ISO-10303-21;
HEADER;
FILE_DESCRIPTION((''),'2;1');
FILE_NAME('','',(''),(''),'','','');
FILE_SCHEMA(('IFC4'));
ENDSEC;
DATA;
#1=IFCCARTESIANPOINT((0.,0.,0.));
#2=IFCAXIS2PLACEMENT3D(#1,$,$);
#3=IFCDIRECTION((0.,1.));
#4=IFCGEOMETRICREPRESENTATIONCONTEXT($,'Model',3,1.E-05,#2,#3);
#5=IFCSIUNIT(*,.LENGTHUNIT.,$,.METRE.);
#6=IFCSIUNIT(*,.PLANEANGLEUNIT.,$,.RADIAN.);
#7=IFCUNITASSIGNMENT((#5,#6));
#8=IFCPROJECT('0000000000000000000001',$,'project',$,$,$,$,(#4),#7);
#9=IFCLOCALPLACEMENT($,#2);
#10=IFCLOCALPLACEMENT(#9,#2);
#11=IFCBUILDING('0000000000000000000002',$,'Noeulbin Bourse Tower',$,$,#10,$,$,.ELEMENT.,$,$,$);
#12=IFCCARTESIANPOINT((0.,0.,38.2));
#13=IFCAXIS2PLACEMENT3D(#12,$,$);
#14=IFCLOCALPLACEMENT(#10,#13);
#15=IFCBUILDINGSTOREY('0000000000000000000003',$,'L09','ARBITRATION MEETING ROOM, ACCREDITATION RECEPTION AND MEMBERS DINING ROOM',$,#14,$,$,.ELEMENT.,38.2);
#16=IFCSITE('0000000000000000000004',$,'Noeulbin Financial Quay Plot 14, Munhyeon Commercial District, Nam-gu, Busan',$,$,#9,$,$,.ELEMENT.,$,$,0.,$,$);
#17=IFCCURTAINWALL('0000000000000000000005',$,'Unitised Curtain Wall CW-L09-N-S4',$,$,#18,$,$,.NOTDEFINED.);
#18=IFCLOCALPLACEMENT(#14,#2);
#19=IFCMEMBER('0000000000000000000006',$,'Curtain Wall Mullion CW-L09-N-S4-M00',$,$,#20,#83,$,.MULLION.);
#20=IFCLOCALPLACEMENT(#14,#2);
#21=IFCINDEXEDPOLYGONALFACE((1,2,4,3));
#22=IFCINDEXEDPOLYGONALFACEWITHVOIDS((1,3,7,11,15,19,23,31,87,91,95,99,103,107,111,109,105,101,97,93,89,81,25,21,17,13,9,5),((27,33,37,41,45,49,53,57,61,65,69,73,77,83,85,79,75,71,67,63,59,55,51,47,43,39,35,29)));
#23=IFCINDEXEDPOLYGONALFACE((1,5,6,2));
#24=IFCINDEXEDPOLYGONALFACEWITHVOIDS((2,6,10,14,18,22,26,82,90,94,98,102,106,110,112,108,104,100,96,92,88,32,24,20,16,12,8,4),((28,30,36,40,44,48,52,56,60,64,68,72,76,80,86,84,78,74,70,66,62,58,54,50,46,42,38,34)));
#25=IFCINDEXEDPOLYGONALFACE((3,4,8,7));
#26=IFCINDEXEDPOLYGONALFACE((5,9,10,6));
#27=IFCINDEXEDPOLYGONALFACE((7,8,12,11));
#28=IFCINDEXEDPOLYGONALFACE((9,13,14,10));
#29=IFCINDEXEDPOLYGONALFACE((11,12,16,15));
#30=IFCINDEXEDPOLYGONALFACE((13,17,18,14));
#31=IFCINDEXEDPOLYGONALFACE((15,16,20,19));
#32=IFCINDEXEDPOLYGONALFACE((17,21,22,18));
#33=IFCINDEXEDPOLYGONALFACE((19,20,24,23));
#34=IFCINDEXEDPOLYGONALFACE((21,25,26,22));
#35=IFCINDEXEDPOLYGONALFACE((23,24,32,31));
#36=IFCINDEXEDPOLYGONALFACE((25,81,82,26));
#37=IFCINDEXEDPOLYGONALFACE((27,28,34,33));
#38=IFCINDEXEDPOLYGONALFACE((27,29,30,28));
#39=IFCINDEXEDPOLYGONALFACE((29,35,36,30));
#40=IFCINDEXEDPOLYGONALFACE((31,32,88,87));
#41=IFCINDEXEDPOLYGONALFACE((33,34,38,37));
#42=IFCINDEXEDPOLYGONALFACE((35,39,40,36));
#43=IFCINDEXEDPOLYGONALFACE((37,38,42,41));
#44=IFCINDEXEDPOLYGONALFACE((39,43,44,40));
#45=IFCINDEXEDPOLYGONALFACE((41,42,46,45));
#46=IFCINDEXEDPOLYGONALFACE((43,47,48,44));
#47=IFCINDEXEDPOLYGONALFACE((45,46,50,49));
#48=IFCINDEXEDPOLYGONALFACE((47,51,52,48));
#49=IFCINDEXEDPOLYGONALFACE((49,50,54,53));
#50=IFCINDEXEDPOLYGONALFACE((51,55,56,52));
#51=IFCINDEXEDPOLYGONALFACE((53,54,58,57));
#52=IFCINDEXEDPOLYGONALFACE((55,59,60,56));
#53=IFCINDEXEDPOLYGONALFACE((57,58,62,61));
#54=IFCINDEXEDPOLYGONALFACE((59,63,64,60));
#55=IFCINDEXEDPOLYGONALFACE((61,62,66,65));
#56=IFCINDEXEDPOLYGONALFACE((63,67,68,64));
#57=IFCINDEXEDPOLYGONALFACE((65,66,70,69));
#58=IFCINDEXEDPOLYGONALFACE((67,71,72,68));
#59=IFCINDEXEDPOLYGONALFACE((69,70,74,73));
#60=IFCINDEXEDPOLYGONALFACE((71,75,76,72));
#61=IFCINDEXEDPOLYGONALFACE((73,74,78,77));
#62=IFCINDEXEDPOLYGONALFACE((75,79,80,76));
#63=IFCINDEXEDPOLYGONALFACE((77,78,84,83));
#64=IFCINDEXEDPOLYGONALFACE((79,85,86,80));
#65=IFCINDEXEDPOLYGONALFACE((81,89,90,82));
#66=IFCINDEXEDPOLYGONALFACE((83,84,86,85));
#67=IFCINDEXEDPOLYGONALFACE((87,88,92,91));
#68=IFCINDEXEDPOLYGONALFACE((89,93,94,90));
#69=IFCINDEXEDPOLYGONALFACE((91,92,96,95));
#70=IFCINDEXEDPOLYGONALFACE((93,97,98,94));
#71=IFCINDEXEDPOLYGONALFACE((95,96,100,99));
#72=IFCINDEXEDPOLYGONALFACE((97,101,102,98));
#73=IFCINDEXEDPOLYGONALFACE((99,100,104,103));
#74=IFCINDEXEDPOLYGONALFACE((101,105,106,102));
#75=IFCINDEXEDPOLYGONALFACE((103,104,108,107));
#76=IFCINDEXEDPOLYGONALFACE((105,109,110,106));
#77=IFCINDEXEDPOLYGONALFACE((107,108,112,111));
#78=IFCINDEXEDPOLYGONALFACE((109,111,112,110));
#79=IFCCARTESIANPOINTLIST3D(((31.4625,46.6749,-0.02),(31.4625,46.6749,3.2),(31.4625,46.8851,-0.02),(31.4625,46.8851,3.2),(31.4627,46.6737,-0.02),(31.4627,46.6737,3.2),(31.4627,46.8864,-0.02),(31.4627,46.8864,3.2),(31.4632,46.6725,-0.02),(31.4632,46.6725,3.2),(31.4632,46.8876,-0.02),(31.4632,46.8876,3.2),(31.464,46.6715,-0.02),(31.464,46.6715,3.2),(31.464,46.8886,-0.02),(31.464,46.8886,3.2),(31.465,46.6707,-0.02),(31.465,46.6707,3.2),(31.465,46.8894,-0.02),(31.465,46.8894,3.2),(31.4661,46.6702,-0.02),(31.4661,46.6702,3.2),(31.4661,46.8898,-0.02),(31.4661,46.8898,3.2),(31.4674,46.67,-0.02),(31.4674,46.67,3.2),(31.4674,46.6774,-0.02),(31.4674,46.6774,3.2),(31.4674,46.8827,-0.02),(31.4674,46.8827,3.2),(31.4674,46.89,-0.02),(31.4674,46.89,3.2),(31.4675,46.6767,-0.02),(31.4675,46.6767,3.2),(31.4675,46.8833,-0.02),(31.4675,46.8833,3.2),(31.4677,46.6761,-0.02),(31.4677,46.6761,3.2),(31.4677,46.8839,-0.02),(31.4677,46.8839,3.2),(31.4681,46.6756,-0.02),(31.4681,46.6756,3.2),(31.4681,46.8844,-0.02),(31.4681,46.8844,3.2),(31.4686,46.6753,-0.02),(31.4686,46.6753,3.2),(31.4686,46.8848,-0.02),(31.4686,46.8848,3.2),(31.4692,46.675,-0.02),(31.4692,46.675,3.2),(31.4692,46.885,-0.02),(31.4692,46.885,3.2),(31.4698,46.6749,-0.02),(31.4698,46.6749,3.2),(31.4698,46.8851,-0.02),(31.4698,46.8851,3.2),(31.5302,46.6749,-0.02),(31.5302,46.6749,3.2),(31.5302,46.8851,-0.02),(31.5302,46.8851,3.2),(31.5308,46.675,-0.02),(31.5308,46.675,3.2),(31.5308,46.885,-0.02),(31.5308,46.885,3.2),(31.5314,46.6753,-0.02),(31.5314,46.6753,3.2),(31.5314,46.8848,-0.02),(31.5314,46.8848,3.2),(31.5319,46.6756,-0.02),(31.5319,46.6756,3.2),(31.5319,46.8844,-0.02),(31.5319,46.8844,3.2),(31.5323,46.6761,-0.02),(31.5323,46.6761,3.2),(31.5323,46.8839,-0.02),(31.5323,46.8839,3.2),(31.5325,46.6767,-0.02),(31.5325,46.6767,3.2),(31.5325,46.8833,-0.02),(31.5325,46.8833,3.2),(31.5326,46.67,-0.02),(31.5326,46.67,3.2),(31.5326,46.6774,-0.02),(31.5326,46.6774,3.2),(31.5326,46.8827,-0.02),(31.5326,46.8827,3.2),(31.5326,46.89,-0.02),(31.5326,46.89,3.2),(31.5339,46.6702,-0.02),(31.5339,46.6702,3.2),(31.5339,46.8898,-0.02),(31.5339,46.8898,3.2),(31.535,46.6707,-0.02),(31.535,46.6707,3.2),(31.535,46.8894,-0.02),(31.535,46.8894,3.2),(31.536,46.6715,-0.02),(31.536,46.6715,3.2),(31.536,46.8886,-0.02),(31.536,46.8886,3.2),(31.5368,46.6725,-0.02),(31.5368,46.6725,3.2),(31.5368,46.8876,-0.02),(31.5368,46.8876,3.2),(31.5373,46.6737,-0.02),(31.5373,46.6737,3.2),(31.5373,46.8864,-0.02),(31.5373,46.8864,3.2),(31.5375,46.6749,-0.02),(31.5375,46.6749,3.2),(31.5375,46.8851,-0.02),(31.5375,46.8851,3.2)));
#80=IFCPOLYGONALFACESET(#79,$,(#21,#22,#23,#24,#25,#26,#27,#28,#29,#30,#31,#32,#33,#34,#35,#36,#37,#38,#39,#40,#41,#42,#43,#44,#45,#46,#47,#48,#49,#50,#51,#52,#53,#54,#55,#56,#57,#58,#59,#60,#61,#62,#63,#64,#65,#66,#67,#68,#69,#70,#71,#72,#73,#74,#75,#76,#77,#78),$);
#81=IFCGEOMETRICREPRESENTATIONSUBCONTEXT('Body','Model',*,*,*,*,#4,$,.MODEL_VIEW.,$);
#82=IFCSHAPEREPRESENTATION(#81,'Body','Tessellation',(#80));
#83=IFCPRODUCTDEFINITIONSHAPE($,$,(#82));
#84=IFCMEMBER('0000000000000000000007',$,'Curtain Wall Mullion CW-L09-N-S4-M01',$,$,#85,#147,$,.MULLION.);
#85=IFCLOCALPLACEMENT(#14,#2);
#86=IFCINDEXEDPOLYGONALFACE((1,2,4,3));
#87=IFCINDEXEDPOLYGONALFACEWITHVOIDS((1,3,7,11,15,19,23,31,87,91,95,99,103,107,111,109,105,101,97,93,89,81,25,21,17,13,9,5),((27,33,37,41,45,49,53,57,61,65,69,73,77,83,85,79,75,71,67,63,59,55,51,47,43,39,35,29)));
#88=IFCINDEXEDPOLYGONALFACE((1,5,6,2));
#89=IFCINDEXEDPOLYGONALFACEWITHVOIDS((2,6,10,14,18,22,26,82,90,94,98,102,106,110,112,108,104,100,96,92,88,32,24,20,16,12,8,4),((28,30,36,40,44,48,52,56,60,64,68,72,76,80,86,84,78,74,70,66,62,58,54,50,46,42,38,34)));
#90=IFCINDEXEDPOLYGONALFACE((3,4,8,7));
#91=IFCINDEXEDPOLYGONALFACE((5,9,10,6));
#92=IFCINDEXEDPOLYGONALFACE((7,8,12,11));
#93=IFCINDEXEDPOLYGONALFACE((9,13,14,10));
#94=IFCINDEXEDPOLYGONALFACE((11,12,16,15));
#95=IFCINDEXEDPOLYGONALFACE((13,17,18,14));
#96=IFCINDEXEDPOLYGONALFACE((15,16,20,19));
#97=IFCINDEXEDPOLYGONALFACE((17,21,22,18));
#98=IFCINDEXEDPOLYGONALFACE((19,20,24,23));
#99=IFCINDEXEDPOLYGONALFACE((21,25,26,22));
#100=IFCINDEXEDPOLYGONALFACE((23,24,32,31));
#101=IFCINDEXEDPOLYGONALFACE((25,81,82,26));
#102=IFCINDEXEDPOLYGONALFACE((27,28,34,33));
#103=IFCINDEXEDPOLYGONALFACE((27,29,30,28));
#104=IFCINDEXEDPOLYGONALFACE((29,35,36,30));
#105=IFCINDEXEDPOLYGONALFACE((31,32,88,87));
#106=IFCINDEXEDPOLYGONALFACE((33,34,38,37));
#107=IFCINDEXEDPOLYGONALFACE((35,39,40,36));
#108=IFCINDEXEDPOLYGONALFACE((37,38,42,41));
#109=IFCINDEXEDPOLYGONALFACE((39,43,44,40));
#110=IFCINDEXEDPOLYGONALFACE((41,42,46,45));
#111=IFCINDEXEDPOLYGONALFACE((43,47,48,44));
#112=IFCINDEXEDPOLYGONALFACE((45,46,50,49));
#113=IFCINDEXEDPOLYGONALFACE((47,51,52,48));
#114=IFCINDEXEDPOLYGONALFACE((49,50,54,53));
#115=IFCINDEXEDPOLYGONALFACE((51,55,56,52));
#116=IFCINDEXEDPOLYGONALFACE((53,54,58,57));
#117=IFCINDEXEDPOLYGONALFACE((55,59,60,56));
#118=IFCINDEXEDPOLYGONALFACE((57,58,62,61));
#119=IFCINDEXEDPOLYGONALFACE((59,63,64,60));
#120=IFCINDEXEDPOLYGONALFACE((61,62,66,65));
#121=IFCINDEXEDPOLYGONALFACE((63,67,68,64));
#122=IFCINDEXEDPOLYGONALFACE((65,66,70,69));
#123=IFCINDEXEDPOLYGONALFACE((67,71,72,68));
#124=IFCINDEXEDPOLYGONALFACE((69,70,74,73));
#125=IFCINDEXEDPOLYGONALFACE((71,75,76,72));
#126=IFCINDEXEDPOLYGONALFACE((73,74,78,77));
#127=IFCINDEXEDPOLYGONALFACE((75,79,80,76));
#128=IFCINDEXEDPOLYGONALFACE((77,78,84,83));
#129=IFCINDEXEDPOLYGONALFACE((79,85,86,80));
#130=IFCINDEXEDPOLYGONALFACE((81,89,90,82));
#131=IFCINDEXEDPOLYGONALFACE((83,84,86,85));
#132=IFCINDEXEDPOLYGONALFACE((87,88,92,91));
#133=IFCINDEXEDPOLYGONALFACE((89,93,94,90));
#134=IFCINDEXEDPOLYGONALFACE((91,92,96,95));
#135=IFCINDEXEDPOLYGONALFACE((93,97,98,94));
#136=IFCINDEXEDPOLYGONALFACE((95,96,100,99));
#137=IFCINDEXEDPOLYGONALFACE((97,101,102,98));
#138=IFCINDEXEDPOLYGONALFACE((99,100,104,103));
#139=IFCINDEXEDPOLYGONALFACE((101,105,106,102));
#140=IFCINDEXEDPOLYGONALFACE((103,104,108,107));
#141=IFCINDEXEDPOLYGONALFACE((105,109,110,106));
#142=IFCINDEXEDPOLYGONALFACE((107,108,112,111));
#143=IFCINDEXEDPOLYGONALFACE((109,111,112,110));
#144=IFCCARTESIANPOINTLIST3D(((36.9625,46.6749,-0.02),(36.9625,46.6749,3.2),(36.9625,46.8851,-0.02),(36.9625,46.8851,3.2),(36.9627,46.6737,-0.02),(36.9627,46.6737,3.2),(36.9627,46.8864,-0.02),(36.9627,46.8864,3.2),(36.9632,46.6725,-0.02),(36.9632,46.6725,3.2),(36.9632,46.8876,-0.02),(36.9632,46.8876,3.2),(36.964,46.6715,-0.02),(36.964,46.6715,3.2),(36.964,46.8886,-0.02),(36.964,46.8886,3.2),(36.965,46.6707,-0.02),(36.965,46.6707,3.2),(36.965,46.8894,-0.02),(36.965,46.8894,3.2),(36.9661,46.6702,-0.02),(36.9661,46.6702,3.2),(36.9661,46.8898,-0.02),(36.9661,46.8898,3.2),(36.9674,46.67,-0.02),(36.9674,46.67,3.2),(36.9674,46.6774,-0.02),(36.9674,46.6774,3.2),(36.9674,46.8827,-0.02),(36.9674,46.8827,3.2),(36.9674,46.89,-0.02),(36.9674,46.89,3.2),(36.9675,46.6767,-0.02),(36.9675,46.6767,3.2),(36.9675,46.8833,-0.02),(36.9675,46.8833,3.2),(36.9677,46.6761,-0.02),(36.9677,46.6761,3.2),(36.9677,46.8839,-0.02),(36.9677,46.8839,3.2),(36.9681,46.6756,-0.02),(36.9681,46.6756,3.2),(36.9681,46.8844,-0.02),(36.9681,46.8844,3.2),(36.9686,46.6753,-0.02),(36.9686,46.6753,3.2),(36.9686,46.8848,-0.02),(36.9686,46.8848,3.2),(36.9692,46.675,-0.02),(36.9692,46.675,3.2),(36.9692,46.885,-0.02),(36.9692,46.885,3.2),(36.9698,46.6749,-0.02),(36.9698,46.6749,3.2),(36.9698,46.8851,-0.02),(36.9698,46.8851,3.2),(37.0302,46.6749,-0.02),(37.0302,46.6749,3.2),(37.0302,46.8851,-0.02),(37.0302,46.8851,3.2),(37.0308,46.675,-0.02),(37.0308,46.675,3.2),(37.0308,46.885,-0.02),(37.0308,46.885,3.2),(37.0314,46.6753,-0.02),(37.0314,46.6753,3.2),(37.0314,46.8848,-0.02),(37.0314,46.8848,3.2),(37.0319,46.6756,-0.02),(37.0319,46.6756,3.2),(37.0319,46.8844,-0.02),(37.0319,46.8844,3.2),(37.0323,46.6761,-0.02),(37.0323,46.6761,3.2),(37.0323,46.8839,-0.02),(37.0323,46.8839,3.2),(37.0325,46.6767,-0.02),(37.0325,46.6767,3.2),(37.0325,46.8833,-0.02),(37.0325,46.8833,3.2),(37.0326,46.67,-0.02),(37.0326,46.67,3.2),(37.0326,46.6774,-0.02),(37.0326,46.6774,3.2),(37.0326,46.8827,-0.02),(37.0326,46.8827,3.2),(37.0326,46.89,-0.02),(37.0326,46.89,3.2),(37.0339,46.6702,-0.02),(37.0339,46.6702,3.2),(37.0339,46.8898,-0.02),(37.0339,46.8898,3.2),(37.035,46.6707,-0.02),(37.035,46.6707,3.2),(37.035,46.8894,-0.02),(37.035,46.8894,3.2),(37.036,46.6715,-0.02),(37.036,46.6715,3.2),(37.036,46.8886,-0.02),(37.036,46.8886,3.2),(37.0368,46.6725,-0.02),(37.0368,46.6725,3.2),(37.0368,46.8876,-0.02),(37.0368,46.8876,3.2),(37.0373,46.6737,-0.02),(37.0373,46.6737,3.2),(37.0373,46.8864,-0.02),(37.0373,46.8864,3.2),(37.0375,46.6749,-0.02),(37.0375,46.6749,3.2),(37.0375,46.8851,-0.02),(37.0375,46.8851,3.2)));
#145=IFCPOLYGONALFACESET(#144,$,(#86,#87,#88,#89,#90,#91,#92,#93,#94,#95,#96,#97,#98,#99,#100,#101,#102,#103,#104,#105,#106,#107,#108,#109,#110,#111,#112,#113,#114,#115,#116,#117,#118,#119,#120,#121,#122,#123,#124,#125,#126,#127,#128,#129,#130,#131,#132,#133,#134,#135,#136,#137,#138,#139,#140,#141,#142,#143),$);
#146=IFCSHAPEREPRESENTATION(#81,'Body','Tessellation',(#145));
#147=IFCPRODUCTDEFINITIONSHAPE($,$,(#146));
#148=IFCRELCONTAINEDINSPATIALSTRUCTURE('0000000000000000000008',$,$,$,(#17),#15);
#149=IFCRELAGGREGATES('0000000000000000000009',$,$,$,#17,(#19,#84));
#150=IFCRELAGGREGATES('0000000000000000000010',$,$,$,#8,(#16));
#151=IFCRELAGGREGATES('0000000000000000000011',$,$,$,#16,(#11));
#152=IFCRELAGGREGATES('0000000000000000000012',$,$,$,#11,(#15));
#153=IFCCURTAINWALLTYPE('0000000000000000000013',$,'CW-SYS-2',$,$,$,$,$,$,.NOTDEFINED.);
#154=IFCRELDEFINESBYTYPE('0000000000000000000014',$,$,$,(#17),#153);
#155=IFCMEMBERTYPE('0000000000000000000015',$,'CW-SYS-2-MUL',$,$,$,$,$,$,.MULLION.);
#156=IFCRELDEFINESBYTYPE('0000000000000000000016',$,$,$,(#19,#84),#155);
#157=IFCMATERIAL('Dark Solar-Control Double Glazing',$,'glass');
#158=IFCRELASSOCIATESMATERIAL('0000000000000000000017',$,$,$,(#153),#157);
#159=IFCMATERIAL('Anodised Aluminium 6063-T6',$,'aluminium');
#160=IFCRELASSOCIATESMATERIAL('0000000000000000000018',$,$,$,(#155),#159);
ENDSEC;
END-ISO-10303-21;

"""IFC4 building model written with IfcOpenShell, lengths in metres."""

from ifc_helpers import new_model, si_unit, direction, frame, origin, origin_2d, place, context, subcontext, project, spatial, hollow_rectangle, extrude, material, material_profile, profile_set, type_object, element, aggregate, save


model = new_model("IFC4")

# Units and contexts
model_context = context("Model", 3, precision=1e-05, world=origin(), true_north=direction((0.0, 1.0)))
body_context = subcontext(model_context, "Body", "Model", "MODEL_VIEW")
ifc_project = project(units=[si_unit("LENGTHUNIT", "METRE"), si_unit("PLANEANGLEUNIT", "RADIAN")], contexts=[model_context])

# Site, building, storey
site_placement = place(None, origin())
site = spatial("IfcSite", under=ifc_project, at=site_placement, Name="Noeulbin Financial Quay Plot 14, Munhyeon Commercial District, Nam-gu, Busan", CompositionType="ELEMENT", RefElevation=0.0)
building_placement = place(site_placement, origin())
building = spatial("IfcBuilding", under=site, at=building_placement, Name="Noeulbin Bourse Tower", CompositionType="ELEMENT")
storey_placement = place(building_placement, frame((0.0, 0.0, 38.2)))
storey = spatial("IfcBuildingStorey", under=building, at=storey_placement, Name="L09", Description="ARBITRATION MEETING ROOM, ACCREDITATION RECEPTION AND MEMBERS DINING ROOM", CompositionType="ELEMENT", Elevation=38.2)

# Shared definitions
ifc_material_1 = material(Name="Dark Solar-Control Double Glazing", Category="glass")
curtain_wall_type = type_object("IfcCurtainWallType", Name="CW-SYS-2", PredefinedType="NOTDEFINED", material=ifc_material_1)
ifc_material_2 = material(Name="Anodised Aluminium 6063-T6", Category="aluminium")
ifc_material_profile_1 = material_profile(ifc_material_2, hollow_rectangle(XDim=0.075, YDim=0.22, WallThickness=0.0049, InnerFilletRadius=0.0024, OuterFilletRadius=0.0049, at=origin_2d()), Name="ALU-MULL-75x220x5", Category="LoadBearing")
ifc_profile_set_1 = profile_set([ifc_material_profile_1], Name="Anodised Aluminium 6063-T6")
member_type_1 = type_object("IfcMemberType", Name="CW-SYS-2-MUL", PredefinedType="MULLION", material=ifc_profile_set_1)

# Curtain wall, members
curtain_wall_1_placement = place(storey_placement, origin())
curtain_wall_1 = element("IfcCurtainWall", 1, at=curtain_wall_1_placement, inside=storey, type_object=curtain_wall_type, Name="Unitised Curtain Wall CW-L09-N-S4", PredefinedType="NOTDEFINED")
member_1_placement = place(storey_placement, frame((31.5, 46.78, -0.02), z_axis=(0.0, 0.0, 1.0), x_axis=(1.0, 0.0, 0.0)))
member_1 = element("IfcMember", 2, at=member_1_placement, type_object=member_type_1, Name="Curtain Wall Mullion CW-L09-N-S4-M00", PredefinedType="MULLION", context=body_context, shape_type="SweptSolid", body=[
    extrude(hollow_rectangle(XDim=0.075, YDim=0.22, WallThickness=0.0049, InnerFilletRadius=0.0024, OuterFilletRadius=0.0049, at=origin_2d()), origin(), (0.0, 0.0, 1.0), 3.22),
])
member_2_placement = place(storey_placement, frame((37.0, 46.78, -0.02), z_axis=(0.0, 0.0, 1.0), x_axis=(1.0, 0.0, 0.0)))
member_2 = element("IfcMember", 3, at=member_2_placement, type_object=member_type_1, Name="Curtain Wall Mullion CW-L09-N-S4-M01", PredefinedType="MULLION", context=body_context, shape_type="SweptSolid", body=[
    extrude(hollow_rectangle(XDim=0.075, YDim=0.22, WallThickness=0.0049, InnerFilletRadius=0.0024, OuterFilletRadius=0.0049, at=origin_2d()), origin(), (0.0, 0.0, 1.0), 3.22),
])

aggregate(curtain_wall_1, [member_1, member_2])

save(model, "model.ifc")
